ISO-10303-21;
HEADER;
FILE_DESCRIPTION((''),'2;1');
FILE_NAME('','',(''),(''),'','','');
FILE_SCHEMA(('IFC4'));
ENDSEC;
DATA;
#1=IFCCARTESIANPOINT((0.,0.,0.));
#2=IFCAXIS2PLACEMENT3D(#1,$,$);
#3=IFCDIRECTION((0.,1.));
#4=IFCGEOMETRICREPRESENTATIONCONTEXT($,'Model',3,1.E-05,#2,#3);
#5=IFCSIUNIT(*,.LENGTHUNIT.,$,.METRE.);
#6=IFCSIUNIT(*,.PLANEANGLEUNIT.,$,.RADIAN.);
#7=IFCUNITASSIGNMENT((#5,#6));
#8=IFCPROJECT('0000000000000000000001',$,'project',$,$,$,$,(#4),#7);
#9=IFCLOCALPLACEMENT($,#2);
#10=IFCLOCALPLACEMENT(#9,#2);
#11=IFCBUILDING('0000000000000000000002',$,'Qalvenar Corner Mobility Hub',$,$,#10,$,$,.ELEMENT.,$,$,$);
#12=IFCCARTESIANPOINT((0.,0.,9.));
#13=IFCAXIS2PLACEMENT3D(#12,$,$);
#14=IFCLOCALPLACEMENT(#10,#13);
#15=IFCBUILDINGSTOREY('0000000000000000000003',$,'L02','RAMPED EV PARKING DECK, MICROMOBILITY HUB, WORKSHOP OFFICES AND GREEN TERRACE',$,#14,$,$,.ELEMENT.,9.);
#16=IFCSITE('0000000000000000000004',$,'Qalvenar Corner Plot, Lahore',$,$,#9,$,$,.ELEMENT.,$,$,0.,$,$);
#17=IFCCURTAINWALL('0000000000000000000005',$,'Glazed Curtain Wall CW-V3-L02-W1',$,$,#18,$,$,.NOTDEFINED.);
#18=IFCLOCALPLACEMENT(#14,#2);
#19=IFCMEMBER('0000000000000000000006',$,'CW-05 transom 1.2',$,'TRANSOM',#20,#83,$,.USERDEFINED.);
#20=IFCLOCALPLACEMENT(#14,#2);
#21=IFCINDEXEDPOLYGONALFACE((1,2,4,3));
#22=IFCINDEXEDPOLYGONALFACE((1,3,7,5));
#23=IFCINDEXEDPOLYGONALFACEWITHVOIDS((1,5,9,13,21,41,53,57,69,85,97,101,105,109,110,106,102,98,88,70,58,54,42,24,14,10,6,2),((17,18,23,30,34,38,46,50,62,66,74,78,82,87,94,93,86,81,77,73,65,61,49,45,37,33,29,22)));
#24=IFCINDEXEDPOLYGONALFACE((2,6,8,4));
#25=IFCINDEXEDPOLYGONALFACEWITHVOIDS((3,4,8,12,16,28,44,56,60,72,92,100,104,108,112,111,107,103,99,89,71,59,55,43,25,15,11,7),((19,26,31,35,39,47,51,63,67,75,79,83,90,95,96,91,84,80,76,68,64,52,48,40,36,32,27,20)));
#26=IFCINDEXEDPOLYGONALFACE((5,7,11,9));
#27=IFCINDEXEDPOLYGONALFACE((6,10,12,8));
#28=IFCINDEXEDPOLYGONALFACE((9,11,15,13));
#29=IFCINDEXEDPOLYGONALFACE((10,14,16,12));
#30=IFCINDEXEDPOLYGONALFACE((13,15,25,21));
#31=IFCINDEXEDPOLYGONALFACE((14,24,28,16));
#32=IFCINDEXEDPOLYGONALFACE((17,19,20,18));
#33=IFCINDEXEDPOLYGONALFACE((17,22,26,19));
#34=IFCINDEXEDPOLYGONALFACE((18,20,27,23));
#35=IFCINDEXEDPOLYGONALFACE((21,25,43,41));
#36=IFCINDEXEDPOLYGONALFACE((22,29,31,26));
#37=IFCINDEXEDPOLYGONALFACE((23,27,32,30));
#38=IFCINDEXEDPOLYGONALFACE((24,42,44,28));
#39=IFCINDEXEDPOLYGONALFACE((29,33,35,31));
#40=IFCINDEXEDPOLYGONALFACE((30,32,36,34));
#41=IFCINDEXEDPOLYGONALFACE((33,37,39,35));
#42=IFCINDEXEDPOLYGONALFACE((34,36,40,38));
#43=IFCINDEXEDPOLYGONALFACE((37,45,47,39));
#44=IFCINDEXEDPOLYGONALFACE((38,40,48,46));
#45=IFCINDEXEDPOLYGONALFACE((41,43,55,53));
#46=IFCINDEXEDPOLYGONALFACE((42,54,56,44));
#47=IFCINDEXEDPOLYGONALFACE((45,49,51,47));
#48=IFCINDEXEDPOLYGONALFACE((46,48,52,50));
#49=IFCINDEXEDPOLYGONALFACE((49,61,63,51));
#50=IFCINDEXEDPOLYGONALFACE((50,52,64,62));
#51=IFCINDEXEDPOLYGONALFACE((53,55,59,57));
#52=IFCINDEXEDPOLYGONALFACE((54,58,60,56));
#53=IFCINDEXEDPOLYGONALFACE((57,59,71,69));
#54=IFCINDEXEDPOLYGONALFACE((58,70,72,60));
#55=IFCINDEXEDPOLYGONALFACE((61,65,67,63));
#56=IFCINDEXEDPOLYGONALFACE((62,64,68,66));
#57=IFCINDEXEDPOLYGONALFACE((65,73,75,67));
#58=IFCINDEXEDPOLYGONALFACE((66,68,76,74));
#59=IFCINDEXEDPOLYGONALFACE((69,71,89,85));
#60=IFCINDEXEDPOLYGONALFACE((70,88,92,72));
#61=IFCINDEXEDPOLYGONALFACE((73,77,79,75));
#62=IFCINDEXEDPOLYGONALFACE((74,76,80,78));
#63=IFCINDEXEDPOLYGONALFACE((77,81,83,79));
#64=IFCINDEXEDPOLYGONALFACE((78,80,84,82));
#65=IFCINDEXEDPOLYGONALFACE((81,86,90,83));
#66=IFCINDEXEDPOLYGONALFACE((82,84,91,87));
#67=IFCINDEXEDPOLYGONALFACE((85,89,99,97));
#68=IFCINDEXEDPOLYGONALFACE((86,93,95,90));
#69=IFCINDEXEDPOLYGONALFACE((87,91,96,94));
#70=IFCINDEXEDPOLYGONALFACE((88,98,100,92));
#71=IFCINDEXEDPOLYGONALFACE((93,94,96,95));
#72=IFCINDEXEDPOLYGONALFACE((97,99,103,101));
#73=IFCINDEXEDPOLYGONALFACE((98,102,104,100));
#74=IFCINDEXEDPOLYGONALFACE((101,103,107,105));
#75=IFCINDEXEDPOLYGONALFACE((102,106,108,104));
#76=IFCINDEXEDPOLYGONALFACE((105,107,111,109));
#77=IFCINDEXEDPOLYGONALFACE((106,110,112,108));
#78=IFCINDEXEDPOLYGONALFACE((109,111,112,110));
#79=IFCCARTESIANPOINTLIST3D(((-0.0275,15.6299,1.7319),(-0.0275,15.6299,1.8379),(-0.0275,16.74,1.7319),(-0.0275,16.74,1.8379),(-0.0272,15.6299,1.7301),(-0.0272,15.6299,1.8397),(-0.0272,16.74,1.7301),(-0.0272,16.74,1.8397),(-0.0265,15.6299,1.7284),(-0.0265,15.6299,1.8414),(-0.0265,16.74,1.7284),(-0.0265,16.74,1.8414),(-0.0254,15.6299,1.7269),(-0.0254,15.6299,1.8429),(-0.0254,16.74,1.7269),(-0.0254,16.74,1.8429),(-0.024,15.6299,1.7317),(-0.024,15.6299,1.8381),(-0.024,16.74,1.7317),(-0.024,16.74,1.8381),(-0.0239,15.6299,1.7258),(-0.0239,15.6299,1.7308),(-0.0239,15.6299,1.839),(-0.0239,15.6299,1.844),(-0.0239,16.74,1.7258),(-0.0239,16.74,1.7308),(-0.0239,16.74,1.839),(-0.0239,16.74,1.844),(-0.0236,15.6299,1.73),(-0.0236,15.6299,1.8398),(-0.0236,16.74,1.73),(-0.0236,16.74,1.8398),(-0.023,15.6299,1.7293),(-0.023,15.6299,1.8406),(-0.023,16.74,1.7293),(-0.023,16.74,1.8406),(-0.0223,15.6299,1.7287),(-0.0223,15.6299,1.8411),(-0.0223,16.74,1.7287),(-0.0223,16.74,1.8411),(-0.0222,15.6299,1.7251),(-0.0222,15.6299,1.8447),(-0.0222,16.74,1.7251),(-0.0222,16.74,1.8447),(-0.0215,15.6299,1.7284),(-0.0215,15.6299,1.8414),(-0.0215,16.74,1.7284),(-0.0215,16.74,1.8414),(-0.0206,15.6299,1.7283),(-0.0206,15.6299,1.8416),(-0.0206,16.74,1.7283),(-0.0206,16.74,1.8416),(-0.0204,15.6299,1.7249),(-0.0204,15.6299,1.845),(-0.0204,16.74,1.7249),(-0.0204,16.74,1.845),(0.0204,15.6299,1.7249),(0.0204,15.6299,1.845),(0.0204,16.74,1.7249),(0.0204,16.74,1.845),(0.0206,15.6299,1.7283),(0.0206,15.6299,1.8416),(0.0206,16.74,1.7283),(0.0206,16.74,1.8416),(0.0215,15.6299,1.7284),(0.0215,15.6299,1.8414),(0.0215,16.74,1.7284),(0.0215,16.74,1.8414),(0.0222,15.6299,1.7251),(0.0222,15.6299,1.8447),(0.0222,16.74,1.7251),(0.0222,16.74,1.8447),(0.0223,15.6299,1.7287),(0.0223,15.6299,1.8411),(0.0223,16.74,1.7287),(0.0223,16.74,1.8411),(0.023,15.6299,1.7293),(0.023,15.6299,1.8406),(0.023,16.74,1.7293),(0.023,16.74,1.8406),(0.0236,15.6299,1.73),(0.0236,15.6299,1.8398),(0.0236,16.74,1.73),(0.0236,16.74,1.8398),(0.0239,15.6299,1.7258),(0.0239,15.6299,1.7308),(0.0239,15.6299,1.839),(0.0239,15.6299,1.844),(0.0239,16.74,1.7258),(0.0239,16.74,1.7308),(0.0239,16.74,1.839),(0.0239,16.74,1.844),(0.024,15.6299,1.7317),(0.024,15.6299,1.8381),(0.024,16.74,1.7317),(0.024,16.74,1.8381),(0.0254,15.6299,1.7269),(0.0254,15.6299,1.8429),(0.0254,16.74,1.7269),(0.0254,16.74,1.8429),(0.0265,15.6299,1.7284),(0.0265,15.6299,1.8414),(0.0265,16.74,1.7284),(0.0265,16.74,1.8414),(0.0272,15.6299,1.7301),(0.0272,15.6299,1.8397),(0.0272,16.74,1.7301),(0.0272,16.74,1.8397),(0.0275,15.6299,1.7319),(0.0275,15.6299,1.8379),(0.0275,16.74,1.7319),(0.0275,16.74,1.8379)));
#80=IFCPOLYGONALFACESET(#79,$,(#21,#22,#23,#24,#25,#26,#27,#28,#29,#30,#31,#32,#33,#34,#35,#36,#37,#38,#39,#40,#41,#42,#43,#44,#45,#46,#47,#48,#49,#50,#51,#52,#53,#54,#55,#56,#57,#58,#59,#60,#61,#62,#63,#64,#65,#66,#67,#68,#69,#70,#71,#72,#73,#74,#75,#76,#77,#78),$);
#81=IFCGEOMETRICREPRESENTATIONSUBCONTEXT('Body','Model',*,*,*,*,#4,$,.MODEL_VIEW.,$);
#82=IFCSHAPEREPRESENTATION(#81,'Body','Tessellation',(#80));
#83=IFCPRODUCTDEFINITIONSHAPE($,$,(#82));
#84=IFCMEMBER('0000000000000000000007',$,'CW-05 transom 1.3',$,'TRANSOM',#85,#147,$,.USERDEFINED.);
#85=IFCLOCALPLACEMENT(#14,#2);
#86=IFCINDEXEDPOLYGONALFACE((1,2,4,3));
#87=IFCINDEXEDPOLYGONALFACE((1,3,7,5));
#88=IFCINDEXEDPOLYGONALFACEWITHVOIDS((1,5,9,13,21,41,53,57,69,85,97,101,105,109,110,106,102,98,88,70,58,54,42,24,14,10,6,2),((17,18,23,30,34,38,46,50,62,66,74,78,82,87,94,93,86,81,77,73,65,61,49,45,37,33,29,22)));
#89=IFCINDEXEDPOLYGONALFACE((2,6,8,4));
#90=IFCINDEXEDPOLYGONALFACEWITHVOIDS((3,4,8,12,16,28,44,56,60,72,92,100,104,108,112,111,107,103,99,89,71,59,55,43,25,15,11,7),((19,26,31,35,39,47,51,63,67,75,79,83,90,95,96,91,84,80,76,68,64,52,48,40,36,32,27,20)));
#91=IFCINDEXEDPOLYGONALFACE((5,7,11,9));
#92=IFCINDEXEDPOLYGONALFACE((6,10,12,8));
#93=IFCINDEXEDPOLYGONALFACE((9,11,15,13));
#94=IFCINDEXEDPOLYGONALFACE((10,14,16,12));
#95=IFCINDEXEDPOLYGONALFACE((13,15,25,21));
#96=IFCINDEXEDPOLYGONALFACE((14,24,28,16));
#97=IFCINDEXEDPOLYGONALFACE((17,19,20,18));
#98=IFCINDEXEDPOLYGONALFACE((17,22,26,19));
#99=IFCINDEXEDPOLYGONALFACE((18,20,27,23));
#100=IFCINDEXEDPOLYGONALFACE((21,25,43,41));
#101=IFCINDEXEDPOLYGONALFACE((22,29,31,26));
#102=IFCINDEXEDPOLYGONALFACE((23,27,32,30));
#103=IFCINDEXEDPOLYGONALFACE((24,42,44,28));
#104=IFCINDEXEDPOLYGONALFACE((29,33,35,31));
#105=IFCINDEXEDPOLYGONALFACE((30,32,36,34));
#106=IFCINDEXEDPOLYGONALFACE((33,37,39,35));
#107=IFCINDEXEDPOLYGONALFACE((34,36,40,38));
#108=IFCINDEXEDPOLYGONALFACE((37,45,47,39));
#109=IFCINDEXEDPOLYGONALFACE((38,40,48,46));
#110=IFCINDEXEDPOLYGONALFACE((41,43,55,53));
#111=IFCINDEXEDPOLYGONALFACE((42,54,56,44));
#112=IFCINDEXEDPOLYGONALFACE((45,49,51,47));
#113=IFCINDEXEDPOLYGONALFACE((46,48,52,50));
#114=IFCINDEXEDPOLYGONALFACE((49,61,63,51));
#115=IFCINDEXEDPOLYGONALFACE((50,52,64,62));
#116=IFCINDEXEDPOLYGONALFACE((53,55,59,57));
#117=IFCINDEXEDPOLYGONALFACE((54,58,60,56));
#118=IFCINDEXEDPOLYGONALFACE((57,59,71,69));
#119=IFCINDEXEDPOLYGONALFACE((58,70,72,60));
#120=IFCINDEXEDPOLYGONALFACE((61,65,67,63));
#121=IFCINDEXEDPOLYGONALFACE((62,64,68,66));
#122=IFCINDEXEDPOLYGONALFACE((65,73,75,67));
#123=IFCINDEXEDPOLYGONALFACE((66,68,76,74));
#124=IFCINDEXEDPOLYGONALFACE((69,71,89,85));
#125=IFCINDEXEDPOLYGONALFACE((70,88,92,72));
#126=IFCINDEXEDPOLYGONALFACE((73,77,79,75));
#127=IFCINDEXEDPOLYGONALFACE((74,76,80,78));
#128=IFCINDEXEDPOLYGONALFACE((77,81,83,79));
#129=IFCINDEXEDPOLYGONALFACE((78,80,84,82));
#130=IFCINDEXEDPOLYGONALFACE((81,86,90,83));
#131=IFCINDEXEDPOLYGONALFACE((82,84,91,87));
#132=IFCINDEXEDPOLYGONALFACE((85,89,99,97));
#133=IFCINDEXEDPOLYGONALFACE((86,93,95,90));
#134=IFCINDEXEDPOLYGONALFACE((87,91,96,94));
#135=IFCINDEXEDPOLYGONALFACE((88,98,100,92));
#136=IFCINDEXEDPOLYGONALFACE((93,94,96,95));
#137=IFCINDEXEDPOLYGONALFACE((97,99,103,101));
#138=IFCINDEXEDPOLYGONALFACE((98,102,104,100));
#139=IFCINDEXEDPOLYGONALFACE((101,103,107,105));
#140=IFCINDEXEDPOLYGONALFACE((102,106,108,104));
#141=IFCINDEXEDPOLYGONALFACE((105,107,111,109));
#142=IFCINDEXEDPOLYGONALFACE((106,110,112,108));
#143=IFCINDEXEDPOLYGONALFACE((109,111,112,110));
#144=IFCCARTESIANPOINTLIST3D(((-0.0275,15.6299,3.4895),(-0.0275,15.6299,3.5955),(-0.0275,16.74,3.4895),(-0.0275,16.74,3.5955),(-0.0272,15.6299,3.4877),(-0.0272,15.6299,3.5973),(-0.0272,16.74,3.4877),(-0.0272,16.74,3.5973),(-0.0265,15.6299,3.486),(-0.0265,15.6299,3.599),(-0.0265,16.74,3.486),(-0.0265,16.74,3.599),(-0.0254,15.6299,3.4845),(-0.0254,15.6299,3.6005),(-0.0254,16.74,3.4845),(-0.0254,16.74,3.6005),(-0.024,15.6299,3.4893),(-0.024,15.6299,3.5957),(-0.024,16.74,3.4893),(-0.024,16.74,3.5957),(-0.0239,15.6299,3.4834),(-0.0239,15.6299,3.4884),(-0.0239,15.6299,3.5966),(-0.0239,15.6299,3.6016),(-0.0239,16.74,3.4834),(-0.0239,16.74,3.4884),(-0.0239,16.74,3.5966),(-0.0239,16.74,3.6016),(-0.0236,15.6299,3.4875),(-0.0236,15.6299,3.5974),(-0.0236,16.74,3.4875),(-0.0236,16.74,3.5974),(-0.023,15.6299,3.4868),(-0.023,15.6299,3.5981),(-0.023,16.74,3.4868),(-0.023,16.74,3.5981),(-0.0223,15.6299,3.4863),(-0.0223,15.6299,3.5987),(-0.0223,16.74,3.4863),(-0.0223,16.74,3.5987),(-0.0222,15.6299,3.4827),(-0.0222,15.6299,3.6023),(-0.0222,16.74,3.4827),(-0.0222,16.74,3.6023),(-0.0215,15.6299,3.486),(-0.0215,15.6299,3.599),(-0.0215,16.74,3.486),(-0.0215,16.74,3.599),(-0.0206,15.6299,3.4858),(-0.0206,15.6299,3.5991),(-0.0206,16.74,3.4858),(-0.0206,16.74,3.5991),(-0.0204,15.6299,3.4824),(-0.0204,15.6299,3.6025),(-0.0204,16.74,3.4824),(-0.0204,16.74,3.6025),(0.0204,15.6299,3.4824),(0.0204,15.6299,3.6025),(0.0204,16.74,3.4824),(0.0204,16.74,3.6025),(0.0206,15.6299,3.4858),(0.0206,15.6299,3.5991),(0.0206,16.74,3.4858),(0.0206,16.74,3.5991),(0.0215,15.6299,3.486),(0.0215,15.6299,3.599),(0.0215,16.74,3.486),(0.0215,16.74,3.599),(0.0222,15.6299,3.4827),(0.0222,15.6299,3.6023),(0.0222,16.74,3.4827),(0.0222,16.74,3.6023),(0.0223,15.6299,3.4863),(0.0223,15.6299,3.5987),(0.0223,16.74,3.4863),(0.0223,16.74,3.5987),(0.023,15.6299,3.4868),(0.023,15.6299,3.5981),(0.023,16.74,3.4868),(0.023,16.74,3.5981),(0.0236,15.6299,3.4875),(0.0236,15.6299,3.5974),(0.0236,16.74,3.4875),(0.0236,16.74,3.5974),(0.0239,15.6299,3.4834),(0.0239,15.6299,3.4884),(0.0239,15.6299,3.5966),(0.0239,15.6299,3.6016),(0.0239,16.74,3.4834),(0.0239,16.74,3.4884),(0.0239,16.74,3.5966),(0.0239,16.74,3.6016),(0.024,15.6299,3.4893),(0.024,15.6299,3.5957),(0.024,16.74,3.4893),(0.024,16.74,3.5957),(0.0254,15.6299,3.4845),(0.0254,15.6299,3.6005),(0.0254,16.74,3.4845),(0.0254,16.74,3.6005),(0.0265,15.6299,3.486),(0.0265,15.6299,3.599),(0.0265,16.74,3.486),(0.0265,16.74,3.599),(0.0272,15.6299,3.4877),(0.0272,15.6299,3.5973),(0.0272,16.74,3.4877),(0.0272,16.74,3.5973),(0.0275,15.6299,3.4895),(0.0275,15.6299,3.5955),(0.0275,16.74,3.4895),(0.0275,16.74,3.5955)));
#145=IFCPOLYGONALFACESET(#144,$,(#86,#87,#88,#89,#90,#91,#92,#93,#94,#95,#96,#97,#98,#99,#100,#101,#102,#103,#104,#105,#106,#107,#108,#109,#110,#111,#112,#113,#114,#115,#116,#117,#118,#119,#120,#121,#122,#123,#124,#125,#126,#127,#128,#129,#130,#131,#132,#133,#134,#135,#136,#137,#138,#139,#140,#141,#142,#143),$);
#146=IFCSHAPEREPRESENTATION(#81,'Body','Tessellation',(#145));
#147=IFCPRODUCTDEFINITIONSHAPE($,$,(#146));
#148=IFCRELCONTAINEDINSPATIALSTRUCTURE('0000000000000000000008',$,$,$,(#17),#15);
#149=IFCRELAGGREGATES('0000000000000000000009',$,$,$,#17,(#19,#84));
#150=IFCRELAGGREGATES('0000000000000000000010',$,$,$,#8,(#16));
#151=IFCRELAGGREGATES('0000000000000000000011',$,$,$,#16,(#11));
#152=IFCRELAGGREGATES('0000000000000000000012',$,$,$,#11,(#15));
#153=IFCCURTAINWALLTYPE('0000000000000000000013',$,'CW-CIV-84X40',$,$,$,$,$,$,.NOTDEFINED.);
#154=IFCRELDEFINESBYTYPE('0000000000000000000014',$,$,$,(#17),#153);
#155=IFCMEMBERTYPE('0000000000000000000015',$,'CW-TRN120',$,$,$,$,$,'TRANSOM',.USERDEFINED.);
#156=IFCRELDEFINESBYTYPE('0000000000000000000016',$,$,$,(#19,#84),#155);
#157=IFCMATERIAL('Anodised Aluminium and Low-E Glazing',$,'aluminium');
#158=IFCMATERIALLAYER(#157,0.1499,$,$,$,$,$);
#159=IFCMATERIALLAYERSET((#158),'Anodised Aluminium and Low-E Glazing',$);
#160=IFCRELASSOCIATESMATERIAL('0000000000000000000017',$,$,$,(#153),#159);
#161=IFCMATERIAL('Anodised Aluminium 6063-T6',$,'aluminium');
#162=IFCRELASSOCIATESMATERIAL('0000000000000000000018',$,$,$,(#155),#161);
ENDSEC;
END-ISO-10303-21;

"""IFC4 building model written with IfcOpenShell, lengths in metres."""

from ifc_helpers import new_model, si_unit, direction, frame, origin, origin_2d, place, context, subcontext, project, spatial, hollow_rectangle, extrude, material, layer, layer_set, material_profile, profile_set, type_object, element, aggregate, save


model = new_model("IFC4")

# Units and contexts
model_context = context("Model", 3, precision=1e-05, world=origin(), true_north=direction((0.0, 1.0)))
body_context = subcontext(model_context, "Body", "Model", "MODEL_VIEW")
ifc_project = project(units=[si_unit("LENGTHUNIT", "METRE"), si_unit("PLANEANGLEUNIT", "RADIAN")], contexts=[model_context])

# Site, building, storey
site_placement = place(None, origin())
site = spatial("IfcSite", under=ifc_project, at=site_placement, Name="Qalvenar Corner Plot, Lahore", CompositionType="ELEMENT", RefElevation=0.0)
building_placement = place(site_placement, origin())
building = spatial("IfcBuilding", under=site, at=building_placement, Name="Qalvenar Corner Mobility Hub", CompositionType="ELEMENT")
storey_placement = place(building_placement, frame((0.0, 0.0, 9.0)))
storey = spatial("IfcBuildingStorey", under=building, at=storey_placement, Name="L02", Description="RAMPED EV PARKING DECK, MICROMOBILITY HUB, WORKSHOP OFFICES AND GREEN TERRACE", CompositionType="ELEMENT", Elevation=9.0)

# Curtain wall
ifc_material_1 = material(Name="Anodised Aluminium and Low-E Glazing", Category="aluminium")
ifc_layer_1 = layer(ifc_material_1, 0.1499)
ifc_layer_set_1 = layer_set([ifc_layer_1], Name="Anodised Aluminium and Low-E Glazing")
curtain_wall_type = type_object("IfcCurtainWallType", Name="CW-CIV-84X40", PredefinedType="NOTDEFINED", material=ifc_layer_set_1)
curtain_wall_1_placement = place(storey_placement, origin())
curtain_wall_1 = element("IfcCurtainWall", 1, at=curtain_wall_1_placement, inside=storey, type_object=curtain_wall_type, Name="Glazed Curtain Wall CW-V3-L02-W1", PredefinedType="NOTDEFINED")
ifc_material_2 = material(Name="Anodised Aluminium 6063-T6", Category="aluminium")

# Members
ifc_material_profile_1 = material_profile(ifc_material_2, hollow_rectangle(XDim=0.0549, YDim=0.1201, WallThickness=0.0034, InnerFilletRadius=0.0034, OuterFilletRadius=0.0071, at=origin_2d()), Name="RHS120x55x3.5")
ifc_profile_set_1 = profile_set([ifc_material_profile_1], Name="Anodised Aluminium 6063-T6")
member_type_1 = type_object("IfcMemberType", Name="CW-TRN120", ElementType="TRANSOM", PredefinedType="USERDEFINED", material=ifc_profile_set_1)
member_1_placement = place(storey_placement, frame((0.0, 16.74, 1.7849), z_axis=(0.0, -1.0, 0.0), x_axis=(1.0, 0.0, 0.0)))
member_1 = element("IfcMember", 2, at=member_1_placement, type_object=member_type_1, Name="CW-05 transom 1.2", ObjectType="TRANSOM", PredefinedType="USERDEFINED", context=body_context, shape_type="SweptSolid", body=[
    extrude(hollow_rectangle(XDim=0.0549, YDim=0.1201, WallThickness=0.0034, InnerFilletRadius=0.0034, OuterFilletRadius=0.0071, at=origin_2d()), origin(), (0.0, 0.0, 1.0), 1.1101),
])
member_2_placement = place(storey_placement, frame((0.0, 16.74, 3.5425), z_axis=(0.0, -1.0, 0.0), x_axis=(1.0, 0.0, 0.0)))
member_2 = element("IfcMember", 3, at=member_2_placement, type_object=member_type_1, Name="CW-05 transom 1.3", ObjectType="TRANSOM", PredefinedType="USERDEFINED", context=body_context, shape_type="SweptSolid", body=[
    extrude(hollow_rectangle(XDim=0.0549, YDim=0.1201, WallThickness=0.0034, InnerFilletRadius=0.0034, OuterFilletRadius=0.0071, at=origin_2d()), origin(), (0.0, 0.0, 1.0), 1.1101),
])

aggregate(curtain_wall_1, [member_1, member_2])

save(model, "model.ifc")
